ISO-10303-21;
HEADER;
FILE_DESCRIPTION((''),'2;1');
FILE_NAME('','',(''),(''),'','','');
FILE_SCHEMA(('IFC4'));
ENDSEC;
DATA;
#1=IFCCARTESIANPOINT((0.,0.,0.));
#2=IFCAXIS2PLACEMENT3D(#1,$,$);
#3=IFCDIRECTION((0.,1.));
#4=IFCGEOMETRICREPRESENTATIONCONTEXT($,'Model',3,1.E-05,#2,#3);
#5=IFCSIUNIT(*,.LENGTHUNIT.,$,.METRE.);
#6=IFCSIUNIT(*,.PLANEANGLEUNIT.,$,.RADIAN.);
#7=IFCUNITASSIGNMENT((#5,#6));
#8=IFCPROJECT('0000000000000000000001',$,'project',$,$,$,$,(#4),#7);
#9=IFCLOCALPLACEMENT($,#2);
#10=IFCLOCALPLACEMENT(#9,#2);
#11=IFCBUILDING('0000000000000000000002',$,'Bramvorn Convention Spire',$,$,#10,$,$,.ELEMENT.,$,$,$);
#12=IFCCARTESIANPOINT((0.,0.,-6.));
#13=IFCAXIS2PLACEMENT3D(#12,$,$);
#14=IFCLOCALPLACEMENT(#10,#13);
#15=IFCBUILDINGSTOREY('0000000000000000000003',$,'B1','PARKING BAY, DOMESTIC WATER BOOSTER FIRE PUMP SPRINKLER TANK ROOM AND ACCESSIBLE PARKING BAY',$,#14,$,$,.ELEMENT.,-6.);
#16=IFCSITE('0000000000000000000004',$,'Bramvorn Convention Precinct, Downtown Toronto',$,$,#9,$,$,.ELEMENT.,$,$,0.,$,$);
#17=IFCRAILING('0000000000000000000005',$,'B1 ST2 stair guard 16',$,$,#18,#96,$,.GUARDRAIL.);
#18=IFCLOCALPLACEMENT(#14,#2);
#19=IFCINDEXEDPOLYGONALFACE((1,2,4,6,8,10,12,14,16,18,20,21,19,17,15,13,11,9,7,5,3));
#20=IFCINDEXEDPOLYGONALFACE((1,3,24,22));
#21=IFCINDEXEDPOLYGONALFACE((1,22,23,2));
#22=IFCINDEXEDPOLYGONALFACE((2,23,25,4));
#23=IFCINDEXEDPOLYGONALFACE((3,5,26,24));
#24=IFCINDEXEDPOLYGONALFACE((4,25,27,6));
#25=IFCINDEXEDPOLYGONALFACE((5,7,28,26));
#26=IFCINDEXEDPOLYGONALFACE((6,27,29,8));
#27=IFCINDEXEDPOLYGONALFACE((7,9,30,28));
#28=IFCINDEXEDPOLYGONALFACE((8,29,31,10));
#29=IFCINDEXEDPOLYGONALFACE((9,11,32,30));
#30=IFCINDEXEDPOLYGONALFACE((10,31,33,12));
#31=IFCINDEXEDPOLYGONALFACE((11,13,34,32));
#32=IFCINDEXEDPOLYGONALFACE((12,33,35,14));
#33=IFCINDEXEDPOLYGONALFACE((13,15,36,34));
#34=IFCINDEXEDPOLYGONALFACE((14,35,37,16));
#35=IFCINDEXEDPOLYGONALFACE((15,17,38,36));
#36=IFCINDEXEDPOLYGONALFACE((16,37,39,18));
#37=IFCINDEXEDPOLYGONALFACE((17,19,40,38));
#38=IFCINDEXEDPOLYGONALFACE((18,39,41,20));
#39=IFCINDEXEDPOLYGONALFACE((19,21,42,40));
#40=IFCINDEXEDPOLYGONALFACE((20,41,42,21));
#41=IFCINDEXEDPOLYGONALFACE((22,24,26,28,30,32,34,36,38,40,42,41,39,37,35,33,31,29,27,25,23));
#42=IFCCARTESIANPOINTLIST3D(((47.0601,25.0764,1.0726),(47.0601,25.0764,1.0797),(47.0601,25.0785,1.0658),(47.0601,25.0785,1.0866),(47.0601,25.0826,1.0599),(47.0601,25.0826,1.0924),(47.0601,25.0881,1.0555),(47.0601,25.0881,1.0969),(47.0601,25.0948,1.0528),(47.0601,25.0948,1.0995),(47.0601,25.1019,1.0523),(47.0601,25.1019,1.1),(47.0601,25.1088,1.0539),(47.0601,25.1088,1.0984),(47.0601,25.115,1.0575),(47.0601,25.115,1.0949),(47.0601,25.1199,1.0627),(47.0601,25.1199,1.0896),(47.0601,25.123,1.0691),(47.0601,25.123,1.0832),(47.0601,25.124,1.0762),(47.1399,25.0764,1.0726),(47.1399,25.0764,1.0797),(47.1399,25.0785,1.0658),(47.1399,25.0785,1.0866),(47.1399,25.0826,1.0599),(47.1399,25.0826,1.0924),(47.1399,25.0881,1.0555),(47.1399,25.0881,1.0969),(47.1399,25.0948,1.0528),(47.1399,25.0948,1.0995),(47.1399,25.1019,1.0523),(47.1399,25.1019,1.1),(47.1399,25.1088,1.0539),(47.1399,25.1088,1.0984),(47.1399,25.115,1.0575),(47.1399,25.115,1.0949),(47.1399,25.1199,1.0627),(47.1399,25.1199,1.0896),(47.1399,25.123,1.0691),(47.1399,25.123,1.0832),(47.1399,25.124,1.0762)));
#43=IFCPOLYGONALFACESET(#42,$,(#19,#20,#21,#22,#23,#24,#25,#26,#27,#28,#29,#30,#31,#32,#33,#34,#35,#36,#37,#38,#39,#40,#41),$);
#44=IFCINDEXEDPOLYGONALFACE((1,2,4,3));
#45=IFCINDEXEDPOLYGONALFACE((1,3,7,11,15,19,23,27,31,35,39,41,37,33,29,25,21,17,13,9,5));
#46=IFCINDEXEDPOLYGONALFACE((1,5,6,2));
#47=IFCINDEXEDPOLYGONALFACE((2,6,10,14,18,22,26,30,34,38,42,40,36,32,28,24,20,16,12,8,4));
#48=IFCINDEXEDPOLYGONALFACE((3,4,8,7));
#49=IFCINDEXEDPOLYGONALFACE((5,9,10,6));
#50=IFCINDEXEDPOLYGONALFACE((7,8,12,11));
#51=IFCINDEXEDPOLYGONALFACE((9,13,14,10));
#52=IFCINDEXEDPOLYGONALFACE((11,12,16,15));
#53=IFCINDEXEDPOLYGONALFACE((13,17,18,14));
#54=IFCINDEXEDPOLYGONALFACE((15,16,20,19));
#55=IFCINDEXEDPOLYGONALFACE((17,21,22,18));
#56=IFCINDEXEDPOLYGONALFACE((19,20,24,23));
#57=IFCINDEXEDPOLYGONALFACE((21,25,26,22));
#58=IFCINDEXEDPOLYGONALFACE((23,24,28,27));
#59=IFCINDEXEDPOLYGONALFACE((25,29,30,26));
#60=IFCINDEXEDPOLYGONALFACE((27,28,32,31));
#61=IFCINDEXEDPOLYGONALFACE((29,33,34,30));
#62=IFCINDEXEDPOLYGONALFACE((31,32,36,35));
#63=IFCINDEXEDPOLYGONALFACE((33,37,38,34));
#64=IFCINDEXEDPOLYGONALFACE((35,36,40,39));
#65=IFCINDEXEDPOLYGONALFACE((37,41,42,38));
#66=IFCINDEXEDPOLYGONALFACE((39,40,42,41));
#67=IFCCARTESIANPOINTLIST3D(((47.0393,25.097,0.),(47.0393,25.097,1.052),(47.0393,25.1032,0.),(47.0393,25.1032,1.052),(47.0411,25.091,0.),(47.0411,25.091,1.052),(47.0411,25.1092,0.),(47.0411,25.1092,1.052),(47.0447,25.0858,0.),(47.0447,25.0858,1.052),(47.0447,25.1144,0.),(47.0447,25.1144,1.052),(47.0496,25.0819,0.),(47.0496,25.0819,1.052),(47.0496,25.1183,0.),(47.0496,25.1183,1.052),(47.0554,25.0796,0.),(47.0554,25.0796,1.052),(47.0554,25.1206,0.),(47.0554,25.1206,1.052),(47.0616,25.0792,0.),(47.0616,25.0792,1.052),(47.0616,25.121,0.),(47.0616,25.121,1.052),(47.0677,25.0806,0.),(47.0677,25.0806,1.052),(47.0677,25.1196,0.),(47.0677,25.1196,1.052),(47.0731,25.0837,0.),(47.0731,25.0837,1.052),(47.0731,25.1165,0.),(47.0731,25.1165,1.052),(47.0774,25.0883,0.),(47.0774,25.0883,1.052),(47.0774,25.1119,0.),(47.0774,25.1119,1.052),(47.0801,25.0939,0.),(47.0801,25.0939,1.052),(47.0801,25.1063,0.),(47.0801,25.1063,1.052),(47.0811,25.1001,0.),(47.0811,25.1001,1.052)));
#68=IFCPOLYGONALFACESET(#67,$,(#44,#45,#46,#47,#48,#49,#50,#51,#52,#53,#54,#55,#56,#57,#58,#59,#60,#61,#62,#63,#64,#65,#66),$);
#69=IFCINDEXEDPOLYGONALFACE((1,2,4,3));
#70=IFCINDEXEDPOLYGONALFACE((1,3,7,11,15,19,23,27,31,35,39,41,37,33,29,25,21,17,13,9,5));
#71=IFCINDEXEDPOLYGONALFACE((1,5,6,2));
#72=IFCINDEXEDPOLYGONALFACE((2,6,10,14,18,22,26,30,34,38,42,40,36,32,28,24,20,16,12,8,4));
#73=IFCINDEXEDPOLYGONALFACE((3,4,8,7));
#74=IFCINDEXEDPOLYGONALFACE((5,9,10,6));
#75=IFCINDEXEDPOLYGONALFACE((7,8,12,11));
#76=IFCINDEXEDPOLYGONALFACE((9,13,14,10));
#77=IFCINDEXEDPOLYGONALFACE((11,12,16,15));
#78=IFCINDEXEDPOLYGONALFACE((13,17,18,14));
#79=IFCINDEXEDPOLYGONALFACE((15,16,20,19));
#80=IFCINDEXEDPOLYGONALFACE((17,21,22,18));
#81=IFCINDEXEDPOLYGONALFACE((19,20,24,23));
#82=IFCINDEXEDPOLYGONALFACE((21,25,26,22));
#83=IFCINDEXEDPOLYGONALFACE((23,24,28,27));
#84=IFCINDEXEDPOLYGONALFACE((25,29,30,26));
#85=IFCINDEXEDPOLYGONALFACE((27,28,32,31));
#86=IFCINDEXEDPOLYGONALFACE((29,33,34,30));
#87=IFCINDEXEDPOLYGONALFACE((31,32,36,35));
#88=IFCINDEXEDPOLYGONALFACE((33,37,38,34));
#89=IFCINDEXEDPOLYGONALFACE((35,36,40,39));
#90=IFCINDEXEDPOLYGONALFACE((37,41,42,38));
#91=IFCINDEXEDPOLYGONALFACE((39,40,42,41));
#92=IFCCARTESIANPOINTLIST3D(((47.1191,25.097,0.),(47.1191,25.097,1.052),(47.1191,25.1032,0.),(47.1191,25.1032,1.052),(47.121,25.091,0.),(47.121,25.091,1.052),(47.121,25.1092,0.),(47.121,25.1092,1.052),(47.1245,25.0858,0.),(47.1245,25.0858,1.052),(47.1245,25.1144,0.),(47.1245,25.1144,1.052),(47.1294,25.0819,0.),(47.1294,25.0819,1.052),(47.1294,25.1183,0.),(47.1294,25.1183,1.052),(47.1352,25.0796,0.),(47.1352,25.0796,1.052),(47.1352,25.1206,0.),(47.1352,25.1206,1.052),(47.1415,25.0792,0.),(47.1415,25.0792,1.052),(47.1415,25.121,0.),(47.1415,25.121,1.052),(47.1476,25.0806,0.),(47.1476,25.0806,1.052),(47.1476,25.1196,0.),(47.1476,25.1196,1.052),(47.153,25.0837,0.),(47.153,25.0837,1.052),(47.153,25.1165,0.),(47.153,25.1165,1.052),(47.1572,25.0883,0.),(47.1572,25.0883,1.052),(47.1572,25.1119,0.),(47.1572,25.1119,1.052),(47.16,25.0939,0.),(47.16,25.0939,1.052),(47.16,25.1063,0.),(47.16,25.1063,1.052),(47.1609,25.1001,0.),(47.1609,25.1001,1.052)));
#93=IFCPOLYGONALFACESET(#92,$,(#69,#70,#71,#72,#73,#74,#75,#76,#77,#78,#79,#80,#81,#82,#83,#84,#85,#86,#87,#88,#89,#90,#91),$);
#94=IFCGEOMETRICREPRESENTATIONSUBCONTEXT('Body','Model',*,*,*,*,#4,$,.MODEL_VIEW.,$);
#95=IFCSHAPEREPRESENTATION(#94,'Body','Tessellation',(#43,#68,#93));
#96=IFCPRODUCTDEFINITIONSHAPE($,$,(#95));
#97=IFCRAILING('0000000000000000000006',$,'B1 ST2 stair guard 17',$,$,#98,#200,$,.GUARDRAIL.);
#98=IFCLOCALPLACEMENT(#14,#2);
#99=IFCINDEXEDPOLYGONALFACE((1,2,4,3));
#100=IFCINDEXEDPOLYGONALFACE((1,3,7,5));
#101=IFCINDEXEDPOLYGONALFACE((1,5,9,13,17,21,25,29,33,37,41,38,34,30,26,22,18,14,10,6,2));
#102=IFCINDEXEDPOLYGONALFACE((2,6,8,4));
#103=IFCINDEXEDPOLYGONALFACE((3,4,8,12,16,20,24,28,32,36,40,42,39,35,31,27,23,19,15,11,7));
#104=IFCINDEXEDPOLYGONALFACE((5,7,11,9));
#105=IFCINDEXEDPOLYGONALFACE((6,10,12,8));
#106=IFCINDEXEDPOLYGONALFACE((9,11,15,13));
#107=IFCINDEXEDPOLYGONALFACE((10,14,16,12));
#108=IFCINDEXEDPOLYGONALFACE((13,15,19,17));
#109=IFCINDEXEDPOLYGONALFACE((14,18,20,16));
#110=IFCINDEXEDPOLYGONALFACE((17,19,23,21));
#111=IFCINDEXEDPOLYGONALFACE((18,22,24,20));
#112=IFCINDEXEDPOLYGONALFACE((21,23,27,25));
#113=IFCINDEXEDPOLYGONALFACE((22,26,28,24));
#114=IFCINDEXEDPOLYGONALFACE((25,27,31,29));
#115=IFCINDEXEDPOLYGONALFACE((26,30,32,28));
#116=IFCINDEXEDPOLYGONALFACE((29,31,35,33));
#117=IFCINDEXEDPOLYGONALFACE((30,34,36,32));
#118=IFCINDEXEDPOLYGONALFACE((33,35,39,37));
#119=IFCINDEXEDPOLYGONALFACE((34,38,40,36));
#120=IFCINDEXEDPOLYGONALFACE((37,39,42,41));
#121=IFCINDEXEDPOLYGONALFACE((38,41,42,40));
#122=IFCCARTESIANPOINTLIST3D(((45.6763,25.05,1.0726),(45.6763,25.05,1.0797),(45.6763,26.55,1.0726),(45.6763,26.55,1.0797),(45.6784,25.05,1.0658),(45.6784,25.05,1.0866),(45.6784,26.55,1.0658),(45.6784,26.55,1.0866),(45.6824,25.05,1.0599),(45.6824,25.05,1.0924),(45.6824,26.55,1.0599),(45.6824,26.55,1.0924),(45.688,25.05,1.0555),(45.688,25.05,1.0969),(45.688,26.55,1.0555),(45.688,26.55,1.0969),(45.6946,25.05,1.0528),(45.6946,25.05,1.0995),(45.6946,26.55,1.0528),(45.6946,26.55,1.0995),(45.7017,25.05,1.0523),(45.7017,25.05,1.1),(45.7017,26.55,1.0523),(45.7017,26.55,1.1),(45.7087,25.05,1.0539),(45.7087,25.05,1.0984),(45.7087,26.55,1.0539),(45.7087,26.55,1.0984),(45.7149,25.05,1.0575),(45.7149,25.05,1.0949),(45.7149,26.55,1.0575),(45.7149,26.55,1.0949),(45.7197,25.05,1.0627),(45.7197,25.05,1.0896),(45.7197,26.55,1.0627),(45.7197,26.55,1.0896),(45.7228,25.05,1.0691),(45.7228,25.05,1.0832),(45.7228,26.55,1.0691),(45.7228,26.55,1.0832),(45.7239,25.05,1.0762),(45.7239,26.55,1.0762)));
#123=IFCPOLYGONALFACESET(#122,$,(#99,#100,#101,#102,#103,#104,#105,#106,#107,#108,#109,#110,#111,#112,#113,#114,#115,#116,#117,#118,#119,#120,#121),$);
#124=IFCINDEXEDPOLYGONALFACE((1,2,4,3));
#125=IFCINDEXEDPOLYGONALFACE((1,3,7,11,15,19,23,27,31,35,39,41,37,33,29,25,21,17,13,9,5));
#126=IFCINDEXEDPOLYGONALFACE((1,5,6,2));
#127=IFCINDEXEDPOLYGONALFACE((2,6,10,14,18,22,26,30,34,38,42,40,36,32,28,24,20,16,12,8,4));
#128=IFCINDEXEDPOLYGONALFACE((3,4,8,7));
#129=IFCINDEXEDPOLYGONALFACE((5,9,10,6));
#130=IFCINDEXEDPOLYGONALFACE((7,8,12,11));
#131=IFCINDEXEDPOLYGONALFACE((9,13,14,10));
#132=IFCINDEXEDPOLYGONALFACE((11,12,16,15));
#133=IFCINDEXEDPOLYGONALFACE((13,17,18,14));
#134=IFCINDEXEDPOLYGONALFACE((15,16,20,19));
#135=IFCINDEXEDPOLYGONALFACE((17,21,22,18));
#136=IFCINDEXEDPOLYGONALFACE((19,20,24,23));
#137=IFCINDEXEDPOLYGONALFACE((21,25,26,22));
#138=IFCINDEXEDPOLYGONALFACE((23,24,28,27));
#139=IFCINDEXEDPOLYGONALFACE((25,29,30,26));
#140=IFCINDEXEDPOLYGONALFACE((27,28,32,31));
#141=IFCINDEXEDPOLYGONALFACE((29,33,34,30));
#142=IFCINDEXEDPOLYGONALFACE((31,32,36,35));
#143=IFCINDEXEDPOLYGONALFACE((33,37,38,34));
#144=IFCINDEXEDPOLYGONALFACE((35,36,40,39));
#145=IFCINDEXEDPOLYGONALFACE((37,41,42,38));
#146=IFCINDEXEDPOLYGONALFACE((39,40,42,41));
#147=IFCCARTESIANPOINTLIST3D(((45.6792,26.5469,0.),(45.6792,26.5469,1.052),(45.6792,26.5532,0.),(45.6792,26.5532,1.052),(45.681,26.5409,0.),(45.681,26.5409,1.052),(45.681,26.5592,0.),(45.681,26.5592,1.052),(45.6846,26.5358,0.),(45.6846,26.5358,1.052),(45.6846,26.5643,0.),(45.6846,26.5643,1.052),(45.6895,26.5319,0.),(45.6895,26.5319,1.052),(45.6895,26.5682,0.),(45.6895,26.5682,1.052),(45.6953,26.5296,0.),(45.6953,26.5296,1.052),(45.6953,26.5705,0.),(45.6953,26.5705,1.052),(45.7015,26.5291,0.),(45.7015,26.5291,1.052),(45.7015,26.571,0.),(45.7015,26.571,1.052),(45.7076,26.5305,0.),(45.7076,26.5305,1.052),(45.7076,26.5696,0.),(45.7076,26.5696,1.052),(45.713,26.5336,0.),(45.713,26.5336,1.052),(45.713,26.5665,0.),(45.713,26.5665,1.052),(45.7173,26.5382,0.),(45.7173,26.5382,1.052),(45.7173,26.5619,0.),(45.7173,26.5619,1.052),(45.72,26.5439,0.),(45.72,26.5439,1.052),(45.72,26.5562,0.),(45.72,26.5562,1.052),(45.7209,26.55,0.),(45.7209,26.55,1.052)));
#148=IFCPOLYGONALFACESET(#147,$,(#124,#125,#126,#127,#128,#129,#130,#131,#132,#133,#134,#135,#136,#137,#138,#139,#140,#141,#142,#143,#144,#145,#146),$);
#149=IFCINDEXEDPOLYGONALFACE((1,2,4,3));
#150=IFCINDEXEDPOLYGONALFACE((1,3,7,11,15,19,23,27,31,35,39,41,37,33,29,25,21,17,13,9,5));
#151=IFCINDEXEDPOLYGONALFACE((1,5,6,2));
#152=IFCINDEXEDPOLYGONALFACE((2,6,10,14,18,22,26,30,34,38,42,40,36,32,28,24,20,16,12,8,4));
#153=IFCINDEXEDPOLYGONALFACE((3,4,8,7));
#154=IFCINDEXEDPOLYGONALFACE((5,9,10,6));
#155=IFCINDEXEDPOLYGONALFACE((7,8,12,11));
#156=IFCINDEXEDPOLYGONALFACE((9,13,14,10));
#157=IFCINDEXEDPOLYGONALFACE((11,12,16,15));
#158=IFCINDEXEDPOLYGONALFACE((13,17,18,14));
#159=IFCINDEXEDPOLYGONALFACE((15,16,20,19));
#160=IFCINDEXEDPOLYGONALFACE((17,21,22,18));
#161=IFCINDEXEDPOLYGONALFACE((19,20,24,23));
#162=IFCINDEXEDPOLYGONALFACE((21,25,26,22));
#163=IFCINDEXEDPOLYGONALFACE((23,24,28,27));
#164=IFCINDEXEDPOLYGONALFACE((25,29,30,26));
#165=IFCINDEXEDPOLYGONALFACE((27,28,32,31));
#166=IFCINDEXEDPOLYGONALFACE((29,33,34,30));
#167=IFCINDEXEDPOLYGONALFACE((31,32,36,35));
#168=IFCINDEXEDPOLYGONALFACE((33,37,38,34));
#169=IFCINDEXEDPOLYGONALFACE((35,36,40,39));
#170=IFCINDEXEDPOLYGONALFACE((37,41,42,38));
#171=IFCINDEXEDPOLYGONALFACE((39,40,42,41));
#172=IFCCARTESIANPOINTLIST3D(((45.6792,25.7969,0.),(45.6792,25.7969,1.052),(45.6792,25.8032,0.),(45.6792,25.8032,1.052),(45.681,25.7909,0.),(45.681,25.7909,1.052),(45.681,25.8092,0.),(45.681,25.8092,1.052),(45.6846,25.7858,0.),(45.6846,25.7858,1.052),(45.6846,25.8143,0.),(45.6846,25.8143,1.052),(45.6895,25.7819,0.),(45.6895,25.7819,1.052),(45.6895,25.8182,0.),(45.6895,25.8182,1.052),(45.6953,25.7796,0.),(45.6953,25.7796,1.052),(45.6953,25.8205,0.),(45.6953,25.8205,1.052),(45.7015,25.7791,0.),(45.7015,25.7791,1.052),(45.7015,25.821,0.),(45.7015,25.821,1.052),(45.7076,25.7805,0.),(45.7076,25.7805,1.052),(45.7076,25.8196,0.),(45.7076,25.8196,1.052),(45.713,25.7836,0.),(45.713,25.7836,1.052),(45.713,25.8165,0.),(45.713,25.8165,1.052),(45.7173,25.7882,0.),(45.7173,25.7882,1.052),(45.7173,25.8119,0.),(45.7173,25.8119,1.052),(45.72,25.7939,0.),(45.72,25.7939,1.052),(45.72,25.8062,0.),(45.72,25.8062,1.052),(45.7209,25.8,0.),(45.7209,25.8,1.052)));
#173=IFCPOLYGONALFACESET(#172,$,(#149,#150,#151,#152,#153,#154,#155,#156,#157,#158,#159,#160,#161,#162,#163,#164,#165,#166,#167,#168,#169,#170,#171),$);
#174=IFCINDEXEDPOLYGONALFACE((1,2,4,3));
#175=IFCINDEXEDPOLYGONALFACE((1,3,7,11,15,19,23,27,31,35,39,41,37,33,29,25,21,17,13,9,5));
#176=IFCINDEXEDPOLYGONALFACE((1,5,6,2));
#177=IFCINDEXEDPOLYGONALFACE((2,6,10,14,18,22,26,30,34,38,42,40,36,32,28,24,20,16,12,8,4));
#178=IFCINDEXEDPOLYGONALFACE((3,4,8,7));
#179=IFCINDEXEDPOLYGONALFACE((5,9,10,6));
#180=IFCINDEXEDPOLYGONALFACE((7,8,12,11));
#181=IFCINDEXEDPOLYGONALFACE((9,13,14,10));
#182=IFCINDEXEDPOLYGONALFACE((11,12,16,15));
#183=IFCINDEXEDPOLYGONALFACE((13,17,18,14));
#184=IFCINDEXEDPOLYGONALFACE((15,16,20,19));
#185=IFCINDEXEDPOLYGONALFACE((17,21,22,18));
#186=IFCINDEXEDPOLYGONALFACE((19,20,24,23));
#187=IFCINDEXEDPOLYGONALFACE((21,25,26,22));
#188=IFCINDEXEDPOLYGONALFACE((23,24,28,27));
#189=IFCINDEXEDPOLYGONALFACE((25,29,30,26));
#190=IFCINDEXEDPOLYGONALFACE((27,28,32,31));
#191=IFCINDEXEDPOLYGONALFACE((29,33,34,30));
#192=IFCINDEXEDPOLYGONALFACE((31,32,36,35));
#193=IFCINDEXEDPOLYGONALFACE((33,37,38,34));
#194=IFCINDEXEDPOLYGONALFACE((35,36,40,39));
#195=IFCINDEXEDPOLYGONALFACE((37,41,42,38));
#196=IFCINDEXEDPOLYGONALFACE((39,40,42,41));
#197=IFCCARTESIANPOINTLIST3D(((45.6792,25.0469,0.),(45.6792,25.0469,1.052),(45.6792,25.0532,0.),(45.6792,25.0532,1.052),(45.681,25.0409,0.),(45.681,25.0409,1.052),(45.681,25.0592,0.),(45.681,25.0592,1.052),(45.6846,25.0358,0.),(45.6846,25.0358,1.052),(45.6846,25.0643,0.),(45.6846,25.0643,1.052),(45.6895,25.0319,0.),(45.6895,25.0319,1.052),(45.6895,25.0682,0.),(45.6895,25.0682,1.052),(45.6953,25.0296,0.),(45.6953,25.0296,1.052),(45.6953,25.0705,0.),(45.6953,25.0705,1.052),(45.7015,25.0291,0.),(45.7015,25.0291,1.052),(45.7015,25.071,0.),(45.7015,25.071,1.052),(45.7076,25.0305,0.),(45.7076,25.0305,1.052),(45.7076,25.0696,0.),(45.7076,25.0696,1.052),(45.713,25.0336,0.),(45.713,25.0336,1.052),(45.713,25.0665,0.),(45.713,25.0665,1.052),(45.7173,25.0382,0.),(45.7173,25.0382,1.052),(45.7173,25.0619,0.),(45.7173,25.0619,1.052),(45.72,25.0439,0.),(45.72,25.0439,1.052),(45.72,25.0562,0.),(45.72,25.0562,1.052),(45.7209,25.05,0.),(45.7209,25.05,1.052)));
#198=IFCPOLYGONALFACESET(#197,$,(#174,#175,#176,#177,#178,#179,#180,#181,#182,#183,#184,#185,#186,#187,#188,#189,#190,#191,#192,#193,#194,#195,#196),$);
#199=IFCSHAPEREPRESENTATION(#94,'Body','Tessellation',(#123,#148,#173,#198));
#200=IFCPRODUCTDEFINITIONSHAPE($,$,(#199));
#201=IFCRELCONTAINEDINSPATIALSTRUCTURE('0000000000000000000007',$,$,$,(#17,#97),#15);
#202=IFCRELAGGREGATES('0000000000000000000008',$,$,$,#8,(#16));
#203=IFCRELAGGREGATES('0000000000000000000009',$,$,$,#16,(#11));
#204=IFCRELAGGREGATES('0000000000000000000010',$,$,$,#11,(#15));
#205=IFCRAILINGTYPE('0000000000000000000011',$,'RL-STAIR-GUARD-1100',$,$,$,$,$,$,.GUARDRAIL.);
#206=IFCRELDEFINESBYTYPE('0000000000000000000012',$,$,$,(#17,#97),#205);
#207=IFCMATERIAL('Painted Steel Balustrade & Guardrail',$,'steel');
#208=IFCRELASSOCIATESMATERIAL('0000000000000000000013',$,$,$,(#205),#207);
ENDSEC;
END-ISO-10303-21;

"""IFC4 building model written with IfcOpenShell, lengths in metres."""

from ifc_helpers import new_model, si_unit, direction, frame, origin, origin_2d, place, context, subcontext, project, spatial, circle, extrude, material, type_object, element, save


model = new_model("IFC4")

# Units and contexts
model_context = context("Model", 3, precision=1e-05, world=origin(), true_north=direction((0.0, 1.0)))
body_context = subcontext(model_context, "Body", "Model", "MODEL_VIEW")
ifc_project = project(units=[si_unit("LENGTHUNIT", "METRE"), si_unit("PLANEANGLEUNIT", "RADIAN")], contexts=[model_context])

# Site, building, storey
site_placement = place(None, origin())
site = spatial("IfcSite", under=ifc_project, at=site_placement, Name="Bramvorn Convention Precinct, Downtown Toronto", CompositionType="ELEMENT", RefElevation=0.0)
building_placement = place(site_placement, origin())
building = spatial("IfcBuilding", under=site, at=building_placement, Name="Bramvorn Convention Spire", CompositionType="ELEMENT")
storey_placement = place(building_placement, frame((0.0, 0.0, -6.0)))
storey = spatial("IfcBuildingStorey", under=building, at=storey_placement, Name="B1", Description="PARKING BAY, DOMESTIC WATER BOOSTER FIRE PUMP SPRINKLER TANK ROOM AND ACCESSIBLE PARKING BAY", CompositionType="ELEMENT", Elevation=-6.0)

# Railings
ifc_material_1 = material(Name="Painted Steel Balustrade & Guardrail", Category="steel")
railing_type_1 = type_object("IfcRailingType", Name="RL-STAIR-GUARD-1100", PredefinedType="GUARDRAIL", material=ifc_material_1)
railing_1_placement = place(storey_placement, frame((47.0601, 25.1001, 0.0)))
element("IfcRailing", 1, at=railing_1_placement, inside=storey, type_object=railing_type_1, Name="B1 ST2 stair guard 16", PredefinedType="GUARDRAIL", context=body_context, shape_type="SweptSolid", body=[
    extrude(circle(Radius=0.0239, at=origin_2d()), frame((0.0, 0.0, 1.0762), z_axis=(1.0, 0.0, 0.0), x_axis=(0.0, 1.0, 0.0)), (0.0, 0.0, 1.0), 0.0798),
    extrude(circle(Radius=0.021, at=origin_2d()), origin(), (0.0, 0.0, 1.0), 1.052),
    extrude(circle(Radius=0.021, at=origin_2d()), frame((0.0798, 0.0, 0.0)), (0.0, 0.0, 1.0), 1.052),
])
for number, where, name in (
    (2, (45.7, 26.55, 0.0), "B1 ST2 stair guard 17"),
):
    element("IfcRailing", number, at=place(storey_placement, frame(where)), inside=storey, type_object=railing_type_1, Name=name, PredefinedType="GUARDRAIL", context=body_context, shape_type="SweptSolid", body=[
        extrude(circle(Radius=0.0239, at=origin_2d()), frame((0.0, 0.0, 1.0762), z_axis=(0.0, -1.0, 0.0), x_axis=(1.0, 0.0, 0.0)), (0.0, 0.0, 1.0), 1.5),
        extrude(circle(Radius=0.021, at=origin_2d()), origin(), (0.0, 0.0, 1.0), 1.052),
        extrude(circle(Radius=0.021, at=origin_2d()), frame((0.0, -0.75, 0.0)), (0.0, 0.0, 1.0), 1.052),
        extrude(circle(Radius=0.021, at=origin_2d()), frame((0.0, -1.5, 0.0)), (0.0, 0.0, 1.0), 1.052),
    ])

save(model, "model.ifc")
